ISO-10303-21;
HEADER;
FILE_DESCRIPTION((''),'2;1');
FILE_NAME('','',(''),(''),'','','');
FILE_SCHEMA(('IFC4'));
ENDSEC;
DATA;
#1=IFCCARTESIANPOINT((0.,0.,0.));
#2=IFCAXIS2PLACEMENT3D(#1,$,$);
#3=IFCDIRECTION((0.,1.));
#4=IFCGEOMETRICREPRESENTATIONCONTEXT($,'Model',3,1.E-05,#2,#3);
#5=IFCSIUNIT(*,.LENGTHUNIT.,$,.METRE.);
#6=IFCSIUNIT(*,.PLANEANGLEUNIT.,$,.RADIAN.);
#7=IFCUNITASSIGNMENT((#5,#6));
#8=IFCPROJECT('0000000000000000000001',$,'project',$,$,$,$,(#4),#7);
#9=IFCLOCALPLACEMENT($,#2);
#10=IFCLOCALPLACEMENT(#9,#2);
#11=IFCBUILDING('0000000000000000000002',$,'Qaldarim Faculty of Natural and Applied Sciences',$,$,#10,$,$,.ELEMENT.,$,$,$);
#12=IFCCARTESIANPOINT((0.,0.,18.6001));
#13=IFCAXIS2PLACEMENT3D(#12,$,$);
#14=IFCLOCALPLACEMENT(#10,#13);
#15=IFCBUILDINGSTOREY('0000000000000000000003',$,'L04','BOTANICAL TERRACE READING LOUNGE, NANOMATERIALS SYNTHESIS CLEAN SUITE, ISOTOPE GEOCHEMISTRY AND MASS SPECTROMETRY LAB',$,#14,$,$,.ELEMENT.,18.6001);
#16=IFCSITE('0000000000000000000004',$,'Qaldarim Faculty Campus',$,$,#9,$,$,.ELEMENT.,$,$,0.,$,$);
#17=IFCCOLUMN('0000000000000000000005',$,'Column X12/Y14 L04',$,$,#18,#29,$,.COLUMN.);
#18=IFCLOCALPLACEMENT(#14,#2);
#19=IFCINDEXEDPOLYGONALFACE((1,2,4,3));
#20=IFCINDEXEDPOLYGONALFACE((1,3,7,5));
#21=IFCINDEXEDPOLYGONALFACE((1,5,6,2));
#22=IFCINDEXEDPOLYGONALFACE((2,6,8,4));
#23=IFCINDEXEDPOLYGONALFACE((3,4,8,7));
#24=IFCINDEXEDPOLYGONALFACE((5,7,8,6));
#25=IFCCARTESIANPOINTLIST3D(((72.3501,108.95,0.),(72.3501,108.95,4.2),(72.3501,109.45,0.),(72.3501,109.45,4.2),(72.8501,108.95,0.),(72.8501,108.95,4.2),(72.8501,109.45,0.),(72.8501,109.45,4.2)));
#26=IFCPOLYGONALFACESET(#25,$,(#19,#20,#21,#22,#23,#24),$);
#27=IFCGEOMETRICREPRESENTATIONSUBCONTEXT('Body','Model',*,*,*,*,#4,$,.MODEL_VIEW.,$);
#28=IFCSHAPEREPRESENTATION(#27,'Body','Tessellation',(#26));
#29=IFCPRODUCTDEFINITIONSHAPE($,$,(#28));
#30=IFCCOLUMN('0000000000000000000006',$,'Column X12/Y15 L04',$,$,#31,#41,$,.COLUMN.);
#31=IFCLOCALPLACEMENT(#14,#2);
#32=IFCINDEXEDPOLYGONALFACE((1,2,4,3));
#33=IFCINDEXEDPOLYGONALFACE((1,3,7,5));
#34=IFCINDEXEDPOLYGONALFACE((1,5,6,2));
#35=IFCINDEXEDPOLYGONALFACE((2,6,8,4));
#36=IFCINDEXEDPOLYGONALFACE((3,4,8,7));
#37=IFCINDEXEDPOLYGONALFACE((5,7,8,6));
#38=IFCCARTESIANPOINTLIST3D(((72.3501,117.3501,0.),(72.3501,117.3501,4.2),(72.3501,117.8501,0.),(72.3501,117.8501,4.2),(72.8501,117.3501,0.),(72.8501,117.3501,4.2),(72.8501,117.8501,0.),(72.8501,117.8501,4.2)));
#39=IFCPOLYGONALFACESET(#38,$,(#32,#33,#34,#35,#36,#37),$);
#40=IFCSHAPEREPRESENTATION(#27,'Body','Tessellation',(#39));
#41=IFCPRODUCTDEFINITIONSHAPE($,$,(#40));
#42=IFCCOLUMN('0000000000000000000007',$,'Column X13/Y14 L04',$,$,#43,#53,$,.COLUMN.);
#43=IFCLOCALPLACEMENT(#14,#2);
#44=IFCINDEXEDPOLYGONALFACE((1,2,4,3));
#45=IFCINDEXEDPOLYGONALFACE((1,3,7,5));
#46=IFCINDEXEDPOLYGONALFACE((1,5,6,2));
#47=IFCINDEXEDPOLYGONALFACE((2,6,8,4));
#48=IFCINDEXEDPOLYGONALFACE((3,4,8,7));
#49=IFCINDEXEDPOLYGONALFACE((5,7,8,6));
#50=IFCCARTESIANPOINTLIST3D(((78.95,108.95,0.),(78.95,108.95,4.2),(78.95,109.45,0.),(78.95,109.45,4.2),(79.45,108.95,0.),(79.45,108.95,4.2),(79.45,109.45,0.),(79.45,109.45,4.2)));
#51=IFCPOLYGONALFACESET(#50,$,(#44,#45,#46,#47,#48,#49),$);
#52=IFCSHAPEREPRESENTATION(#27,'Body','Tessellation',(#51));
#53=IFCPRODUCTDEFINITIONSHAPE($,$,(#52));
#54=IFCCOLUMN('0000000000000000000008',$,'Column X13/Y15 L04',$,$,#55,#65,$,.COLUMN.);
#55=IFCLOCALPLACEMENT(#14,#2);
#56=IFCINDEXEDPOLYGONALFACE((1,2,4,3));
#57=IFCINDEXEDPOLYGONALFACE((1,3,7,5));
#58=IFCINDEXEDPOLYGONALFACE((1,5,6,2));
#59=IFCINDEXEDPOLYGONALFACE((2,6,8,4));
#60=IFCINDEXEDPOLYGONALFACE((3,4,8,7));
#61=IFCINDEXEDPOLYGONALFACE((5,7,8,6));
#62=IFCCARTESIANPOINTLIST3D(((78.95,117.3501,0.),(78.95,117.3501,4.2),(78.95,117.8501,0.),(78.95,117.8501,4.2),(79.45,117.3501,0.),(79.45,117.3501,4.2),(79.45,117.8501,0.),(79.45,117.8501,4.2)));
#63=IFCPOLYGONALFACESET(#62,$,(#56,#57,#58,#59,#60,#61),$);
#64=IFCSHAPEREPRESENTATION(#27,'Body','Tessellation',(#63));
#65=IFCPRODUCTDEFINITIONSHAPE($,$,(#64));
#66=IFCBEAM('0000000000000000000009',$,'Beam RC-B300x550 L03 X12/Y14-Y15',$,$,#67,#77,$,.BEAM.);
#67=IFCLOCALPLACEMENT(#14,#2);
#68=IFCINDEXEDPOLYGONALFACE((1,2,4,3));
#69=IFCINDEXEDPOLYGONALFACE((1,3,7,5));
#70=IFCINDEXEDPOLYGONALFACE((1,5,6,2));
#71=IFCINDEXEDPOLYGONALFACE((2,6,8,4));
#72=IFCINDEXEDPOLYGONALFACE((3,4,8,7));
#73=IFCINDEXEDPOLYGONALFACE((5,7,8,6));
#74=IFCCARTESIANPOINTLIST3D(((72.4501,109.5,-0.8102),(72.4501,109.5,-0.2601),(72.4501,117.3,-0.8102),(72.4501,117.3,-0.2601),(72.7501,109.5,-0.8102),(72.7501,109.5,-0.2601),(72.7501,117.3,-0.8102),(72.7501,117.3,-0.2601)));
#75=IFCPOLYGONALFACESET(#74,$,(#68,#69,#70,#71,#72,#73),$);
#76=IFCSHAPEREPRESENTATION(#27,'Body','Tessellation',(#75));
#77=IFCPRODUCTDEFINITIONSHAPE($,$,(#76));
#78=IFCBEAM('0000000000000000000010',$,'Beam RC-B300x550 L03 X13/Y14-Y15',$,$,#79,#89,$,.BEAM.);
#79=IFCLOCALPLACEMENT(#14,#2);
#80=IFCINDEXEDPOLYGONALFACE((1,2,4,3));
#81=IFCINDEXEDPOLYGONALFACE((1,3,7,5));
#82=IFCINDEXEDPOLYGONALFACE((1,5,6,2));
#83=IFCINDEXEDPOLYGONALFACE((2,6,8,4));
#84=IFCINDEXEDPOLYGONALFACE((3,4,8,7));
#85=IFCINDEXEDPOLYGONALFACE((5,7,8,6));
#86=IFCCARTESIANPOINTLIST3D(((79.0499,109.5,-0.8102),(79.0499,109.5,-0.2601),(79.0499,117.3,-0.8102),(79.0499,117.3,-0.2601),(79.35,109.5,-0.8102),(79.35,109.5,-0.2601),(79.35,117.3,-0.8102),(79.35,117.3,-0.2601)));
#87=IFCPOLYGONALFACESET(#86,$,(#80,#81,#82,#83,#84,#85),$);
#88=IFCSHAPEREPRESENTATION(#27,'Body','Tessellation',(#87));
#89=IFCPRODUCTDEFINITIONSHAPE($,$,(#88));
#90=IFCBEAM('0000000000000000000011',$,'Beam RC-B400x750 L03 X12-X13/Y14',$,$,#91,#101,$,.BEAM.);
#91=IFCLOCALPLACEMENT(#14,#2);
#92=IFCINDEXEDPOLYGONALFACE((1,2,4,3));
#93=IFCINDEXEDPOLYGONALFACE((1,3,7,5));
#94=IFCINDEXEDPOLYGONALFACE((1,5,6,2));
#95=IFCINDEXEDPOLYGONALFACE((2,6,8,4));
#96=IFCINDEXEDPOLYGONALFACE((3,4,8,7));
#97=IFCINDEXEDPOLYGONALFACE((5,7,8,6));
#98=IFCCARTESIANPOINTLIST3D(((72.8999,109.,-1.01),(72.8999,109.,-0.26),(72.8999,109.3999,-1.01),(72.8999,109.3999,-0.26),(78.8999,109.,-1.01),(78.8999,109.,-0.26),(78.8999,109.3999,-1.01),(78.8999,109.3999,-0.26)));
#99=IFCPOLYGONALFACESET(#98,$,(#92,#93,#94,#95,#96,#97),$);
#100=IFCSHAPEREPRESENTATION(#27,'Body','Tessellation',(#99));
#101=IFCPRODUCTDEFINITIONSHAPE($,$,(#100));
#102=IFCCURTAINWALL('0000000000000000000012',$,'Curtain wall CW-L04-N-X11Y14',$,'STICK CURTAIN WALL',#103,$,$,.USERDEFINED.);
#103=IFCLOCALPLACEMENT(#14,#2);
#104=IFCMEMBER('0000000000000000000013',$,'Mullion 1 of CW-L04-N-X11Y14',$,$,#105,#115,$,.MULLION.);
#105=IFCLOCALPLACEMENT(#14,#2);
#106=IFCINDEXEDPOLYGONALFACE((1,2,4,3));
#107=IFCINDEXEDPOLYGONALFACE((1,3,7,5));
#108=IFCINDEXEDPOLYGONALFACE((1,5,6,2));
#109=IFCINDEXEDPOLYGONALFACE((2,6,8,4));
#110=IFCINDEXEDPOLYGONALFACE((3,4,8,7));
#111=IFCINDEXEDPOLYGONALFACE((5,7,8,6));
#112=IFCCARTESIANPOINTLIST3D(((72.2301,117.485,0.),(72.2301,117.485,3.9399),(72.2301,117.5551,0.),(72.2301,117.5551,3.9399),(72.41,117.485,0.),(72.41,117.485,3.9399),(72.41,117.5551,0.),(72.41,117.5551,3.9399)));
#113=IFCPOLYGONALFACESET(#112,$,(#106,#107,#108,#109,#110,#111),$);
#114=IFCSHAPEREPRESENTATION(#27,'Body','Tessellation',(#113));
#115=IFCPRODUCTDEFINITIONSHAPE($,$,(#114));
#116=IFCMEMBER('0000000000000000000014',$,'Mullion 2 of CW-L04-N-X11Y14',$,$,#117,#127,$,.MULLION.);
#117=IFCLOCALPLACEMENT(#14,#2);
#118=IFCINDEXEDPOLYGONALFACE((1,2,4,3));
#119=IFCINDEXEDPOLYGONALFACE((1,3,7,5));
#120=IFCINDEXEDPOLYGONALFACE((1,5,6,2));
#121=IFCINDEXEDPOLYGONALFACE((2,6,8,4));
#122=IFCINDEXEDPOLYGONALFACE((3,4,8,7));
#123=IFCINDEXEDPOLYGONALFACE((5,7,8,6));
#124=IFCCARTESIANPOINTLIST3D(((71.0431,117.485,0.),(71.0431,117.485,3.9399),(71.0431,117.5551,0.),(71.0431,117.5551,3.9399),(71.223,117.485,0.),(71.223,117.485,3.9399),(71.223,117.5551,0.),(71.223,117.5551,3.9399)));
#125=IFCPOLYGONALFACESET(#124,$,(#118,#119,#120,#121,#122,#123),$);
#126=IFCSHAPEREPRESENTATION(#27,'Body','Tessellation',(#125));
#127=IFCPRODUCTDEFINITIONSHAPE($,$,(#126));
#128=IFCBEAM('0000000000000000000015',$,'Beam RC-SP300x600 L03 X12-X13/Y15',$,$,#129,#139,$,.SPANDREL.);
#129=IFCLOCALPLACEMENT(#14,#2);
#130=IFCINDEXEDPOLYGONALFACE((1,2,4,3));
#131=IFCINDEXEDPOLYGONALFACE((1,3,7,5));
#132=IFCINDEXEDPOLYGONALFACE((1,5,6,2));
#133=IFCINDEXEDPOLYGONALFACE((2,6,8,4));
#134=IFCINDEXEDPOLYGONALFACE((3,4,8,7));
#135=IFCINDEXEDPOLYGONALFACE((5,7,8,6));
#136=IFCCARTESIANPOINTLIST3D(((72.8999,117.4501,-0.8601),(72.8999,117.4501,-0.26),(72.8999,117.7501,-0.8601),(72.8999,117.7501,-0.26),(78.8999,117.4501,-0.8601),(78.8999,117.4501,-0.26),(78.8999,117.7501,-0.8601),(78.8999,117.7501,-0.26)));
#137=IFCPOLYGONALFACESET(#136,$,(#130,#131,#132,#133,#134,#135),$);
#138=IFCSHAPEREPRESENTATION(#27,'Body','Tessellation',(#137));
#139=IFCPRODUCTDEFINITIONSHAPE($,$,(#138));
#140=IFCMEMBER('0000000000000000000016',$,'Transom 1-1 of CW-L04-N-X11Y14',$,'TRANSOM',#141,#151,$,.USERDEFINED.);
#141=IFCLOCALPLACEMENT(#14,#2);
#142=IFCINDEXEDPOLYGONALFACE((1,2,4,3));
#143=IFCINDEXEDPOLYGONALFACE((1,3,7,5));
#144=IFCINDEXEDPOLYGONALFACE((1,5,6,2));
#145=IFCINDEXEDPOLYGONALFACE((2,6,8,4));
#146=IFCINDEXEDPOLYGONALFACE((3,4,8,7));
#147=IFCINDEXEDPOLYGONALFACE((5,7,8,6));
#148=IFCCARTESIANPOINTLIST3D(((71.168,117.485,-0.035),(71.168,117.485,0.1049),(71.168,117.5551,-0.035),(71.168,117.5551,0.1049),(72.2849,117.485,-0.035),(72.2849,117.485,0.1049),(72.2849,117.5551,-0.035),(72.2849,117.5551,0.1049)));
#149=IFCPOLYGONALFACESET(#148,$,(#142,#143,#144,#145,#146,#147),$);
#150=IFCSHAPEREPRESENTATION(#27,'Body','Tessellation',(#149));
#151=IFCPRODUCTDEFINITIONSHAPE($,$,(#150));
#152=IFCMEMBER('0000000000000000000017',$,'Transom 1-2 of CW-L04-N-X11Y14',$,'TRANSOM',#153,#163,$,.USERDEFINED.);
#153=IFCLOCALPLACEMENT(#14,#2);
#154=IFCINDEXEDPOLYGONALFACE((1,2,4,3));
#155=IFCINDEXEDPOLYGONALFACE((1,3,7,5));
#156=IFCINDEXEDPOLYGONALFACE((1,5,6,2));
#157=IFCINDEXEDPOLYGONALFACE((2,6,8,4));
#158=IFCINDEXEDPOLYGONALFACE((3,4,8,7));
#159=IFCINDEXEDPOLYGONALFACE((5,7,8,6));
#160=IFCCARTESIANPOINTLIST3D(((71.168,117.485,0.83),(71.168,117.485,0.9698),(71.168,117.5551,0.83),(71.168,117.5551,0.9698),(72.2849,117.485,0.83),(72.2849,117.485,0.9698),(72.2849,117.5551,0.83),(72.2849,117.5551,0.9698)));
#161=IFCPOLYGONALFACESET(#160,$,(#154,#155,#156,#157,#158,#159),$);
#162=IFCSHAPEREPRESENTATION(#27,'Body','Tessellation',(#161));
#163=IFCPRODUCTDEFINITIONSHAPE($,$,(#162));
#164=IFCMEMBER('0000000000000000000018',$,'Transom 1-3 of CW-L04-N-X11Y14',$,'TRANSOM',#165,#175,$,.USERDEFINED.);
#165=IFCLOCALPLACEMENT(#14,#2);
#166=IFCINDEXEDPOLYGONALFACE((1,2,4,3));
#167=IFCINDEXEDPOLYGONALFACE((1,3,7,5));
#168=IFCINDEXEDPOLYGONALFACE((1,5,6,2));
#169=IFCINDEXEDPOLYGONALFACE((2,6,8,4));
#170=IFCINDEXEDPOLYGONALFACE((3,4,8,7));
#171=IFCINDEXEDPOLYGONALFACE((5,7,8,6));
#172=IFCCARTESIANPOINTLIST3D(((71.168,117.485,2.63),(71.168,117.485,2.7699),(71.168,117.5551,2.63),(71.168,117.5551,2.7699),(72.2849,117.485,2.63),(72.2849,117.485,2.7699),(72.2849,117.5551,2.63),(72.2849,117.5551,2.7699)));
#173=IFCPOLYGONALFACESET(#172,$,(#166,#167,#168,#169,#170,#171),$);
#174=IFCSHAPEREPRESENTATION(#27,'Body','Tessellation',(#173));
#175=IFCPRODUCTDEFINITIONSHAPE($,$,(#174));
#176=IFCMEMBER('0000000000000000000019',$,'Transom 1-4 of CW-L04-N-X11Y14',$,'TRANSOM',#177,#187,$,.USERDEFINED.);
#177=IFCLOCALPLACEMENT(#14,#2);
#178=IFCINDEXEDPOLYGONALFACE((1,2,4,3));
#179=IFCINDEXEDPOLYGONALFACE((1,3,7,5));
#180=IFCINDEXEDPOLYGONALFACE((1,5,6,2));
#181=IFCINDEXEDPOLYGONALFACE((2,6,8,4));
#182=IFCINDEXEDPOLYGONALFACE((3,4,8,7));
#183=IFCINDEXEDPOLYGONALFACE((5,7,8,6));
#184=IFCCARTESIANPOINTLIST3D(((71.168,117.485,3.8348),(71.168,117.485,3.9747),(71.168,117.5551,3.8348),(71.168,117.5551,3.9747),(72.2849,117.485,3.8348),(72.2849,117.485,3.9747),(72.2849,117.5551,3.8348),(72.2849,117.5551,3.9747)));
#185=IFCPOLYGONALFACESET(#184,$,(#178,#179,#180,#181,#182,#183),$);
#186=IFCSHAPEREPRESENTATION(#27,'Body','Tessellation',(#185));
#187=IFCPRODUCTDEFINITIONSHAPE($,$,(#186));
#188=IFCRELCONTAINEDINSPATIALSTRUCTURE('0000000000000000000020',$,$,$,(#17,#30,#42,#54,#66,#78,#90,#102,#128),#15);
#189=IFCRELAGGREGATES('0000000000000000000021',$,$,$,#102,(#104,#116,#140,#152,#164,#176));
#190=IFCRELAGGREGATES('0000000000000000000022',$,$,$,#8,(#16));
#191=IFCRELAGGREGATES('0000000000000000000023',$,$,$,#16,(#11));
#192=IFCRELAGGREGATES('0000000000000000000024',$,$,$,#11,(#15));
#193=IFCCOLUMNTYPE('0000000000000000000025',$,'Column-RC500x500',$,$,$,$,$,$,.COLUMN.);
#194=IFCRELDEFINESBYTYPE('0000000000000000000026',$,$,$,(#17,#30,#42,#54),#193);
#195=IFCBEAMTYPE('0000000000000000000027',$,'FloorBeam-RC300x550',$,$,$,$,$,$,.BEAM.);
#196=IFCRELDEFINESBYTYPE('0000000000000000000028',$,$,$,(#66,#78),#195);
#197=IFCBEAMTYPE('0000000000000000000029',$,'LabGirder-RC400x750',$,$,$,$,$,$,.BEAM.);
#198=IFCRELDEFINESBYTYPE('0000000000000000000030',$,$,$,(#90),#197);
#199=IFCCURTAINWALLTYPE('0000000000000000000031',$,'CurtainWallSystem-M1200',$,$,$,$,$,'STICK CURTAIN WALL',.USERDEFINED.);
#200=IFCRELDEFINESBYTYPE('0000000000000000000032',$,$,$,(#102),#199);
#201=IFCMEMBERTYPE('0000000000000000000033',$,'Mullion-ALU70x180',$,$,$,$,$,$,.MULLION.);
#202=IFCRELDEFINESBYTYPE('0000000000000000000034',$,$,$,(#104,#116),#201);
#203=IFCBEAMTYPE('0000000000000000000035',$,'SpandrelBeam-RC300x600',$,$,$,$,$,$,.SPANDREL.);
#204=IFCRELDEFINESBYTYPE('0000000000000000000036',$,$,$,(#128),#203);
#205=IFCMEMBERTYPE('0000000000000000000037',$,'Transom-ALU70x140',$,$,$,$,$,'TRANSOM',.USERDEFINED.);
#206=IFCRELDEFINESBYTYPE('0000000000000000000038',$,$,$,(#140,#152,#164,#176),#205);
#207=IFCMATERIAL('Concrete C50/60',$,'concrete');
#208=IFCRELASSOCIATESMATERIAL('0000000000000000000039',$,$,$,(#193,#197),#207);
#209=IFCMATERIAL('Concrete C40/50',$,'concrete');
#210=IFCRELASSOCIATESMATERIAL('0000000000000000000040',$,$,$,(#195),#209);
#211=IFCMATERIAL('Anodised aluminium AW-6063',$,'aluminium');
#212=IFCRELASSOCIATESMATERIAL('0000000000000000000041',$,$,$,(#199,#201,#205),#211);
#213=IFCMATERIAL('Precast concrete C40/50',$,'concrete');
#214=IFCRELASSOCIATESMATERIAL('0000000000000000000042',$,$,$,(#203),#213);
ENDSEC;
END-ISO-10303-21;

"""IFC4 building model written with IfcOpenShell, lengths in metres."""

from ifc_helpers import new_model, si_unit, direction, frame, origin, origin_2d, place, context, subcontext, project, spatial, rectangle, extrude, material, material_profile, profile_set, type_object, element, aggregate, save


model = new_model("IFC4")

# Units and contexts
model_context = context("Model", 3, precision=1e-05, world=origin(), true_north=direction((0.0, 1.0)))
body_context = subcontext(model_context, "Body", "Model", "MODEL_VIEW")
ifc_project = project(units=[si_unit("LENGTHUNIT", "METRE"), si_unit("PLANEANGLEUNIT", "RADIAN")], contexts=[model_context])

# Site, building, storey
site_placement = place(None, origin())
site = spatial("IfcSite", under=ifc_project, at=site_placement, Name="Qaldarim Faculty Campus", CompositionType="ELEMENT", RefElevation=0.0)
building_placement = place(site_placement, origin())
building = spatial("IfcBuilding", under=site, at=building_placement, Name="Qaldarim Faculty of Natural and Applied Sciences", CompositionType="ELEMENT")
storey_placement = place(building_placement, frame((0.0, 0.0, 18.6001)))
storey = spatial("IfcBuildingStorey", under=building, at=storey_placement, Name="L04", Description="BOTANICAL TERRACE READING LOUNGE, NANOMATERIALS SYNTHESIS CLEAN SUITE, ISOTOPE GEOCHEMISTRY AND MASS SPECTROMETRY LAB", CompositionType="ELEMENT", Elevation=18.6001)

# Columns
ifc_material_1 = material(Name="Concrete C50/60", Category="concrete")
ifc_material_profile_1 = material_profile(ifc_material_1, rectangle(XDim=0.5, YDim=0.5, at=origin_2d()), Name="RC-C500x500")
ifc_profile_set_1 = profile_set([ifc_material_profile_1], Name="Concrete C50/60")
column_type = type_object("IfcColumnType", Name="Column-RC500x500", PredefinedType="COLUMN", material=ifc_profile_set_1)
for number, where, z_axis, x_axis, name in (
    (1, (72.6001, 109.2, 0.0), (0.0, 0.0, 1.0), (1.0, 0.0, 0.0), "Column X12/Y14 L04"),
    (2, (72.6001, 117.6001, 0.0), (0.0, 0.0, 1.0), (1.0, 0.0, 0.0), "Column X12/Y15 L04"),
    (3, (79.2, 109.2, 0.0), (0.0, 0.0, 1.0), (1.0, 0.0, 0.0), "Column X13/Y14 L04"),
    (4, (79.2, 117.6001, 0.0), (0.0, 0.0, 1.0), (1.0, 0.0, 0.0), "Column X13/Y15 L04"),
):
    element("IfcColumn", number, at=place(storey_placement, frame(where, z_axis=z_axis, x_axis=x_axis)), inside=storey, type_object=column_type, Name=name, PredefinedType="COLUMN", context=body_context, shape_type="SweptSolid", body=[
        extrude(rectangle(XDim=0.5, YDim=0.5, at=origin_2d()), origin(), (0.0, 0.0, 1.0), 4.2),
    ])

# Beams
ifc_material_2 = material(Name="Concrete C40/50", Category="concrete")
ifc_material_profile_2 = material_profile(ifc_material_2, rectangle(XDim=0.3, YDim=0.55, at=origin_2d()), Name="RC-B300x550")
ifc_profile_set_2 = profile_set([ifc_material_profile_2], Name="Concrete C40/50")
beam_type_1 = type_object("IfcBeamType", Name="FloorBeam-RC300x550", PredefinedType="BEAM", material=ifc_profile_set_2)
for number, where, z_axis, x_axis, name in (
    (5, (72.6001, 109.5, -0.5352), (0.0, 1.0, 0.0), (-1.0, 0.0, 0.0), "Beam RC-B300x550 L03 X12/Y14-Y15"),
    (6, (79.2, 109.5, -0.5352), (0.0, 1.0, 0.0), (-1.0, 0.0, 0.0), "Beam RC-B300x550 L03 X13/Y14-Y15"),
):
    element("IfcBeam", number, at=place(storey_placement, frame(where, z_axis=z_axis, x_axis=x_axis)), inside=storey, type_object=beam_type_1, Name=name, PredefinedType="BEAM", context=body_context, shape_type="SweptSolid", body=[
        extrude(rectangle(XDim=0.3, YDim=0.55, at=origin_2d()), origin(), (0.0, 0.0, 1.0), 7.8),
    ])
ifc_material_profile_3 = material_profile(ifc_material_1, rectangle(XDim=0.3999, YDim=0.75, at=origin_2d()), Name="RC-B400x750")
ifc_profile_set_3 = profile_set([ifc_material_profile_3], Name="Concrete C50/60")
beam_type_2 = type_object("IfcBeamType", Name="LabGirder-RC400x750", PredefinedType="BEAM", material=ifc_profile_set_3)
beam_1_placement = place(storey_placement, frame((72.8999, 109.2, -0.635), z_axis=(1.0, 0.0, 0.0), x_axis=(0.0, 1.0, 0.0)))
element("IfcBeam", 7, at=beam_1_placement, inside=storey, type_object=beam_type_2, Name="Beam RC-B400x750 L03 X12-X13/Y14", PredefinedType="BEAM", context=body_context, shape_type="SweptSolid", body=[
    extrude(rectangle(XDim=0.3999, YDim=0.75, at=origin_2d()), origin(), (0.0, 0.0, 1.0), 6.0),
])

# Curtain wall, members
ifc_material_3 = material(Name="Anodised aluminium AW-6063", Category="aluminium")
curtain_wall_type = type_object("IfcCurtainWallType", Name="CurtainWallSystem-M1200", ElementType="STICK CURTAIN WALL", PredefinedType="USERDEFINED", material=ifc_material_3)
curtain_wall_placement = place(storey_placement, origin())
curtain_wall = element("IfcCurtainWall", 8, at=curtain_wall_placement, inside=storey, type_object=curtain_wall_type, Name="Curtain wall CW-L04-N-X11Y14", ObjectType="STICK CURTAIN WALL", PredefinedType="USERDEFINED")
ifc_material_profile_4 = material_profile(ifc_material_3, rectangle(XDim=0.0701, YDim=0.1799, at=origin_2d()), Name="ALU-M70x180")
ifc_profile_set_4 = profile_set([ifc_material_profile_4], Name="Anodised aluminium AW-6063")
member_type_1 = type_object("IfcMemberType", Name="Mullion-ALU70x180", PredefinedType="MULLION", material=ifc_profile_set_4)
member_1_placement = place(storey_placement, frame((72.3201, 117.52, 0.0), z_axis=(0.0, 0.0, 1.0), x_axis=(0.0, -1.0, 0.0)))
member_1 = element("IfcMember", 9, at=member_1_placement, type_object=member_type_1, Name="Mullion 1 of CW-L04-N-X11Y14", PredefinedType="MULLION", context=body_context, shape_type="SweptSolid", body=[
    extrude(rectangle(XDim=0.0701, YDim=0.1799, at=origin_2d()), origin(), (0.0, 0.0, 1.0), 3.9399),
])
member_2_placement = place(storey_placement, frame((71.1331, 117.52, 0.0), z_axis=(0.0, 0.0, 1.0), x_axis=(0.0, -1.0, 0.0)))
member_2 = element("IfcMember", 10, at=member_2_placement, type_object=member_type_1, Name="Mullion 2 of CW-L04-N-X11Y14", PredefinedType="MULLION", context=body_context, shape_type="SweptSolid", body=[
    extrude(rectangle(XDim=0.0701, YDim=0.1799, at=origin_2d()), origin(), (0.0, 0.0, 1.0), 3.9399),
])

# Beam
ifc_material_4 = material(Name="Precast concrete C40/50", Category="concrete")
ifc_material_profile_5 = material_profile(ifc_material_4, rectangle(XDim=0.3, YDim=0.6001, at=origin_2d()), Name="RC-SP300x600")
ifc_profile_set_5 = profile_set([ifc_material_profile_5], Name="Precast concrete C40/50")
beam_type_3 = type_object("IfcBeamType", Name="SpandrelBeam-RC300x600", PredefinedType="SPANDREL", material=ifc_profile_set_5)
beam_2_placement = place(storey_placement, frame((72.8999, 117.6001, -0.5601), z_axis=(1.0, 0.0, 0.0), x_axis=(0.0, 1.0, 0.0)))
element("IfcBeam", 11, at=beam_2_placement, inside=storey, type_object=beam_type_3, Name="Beam RC-SP300x600 L03 X12-X13/Y15", PredefinedType="SPANDREL", context=body_context, shape_type="SweptSolid", body=[
    extrude(rectangle(XDim=0.3, YDim=0.6001, at=origin_2d()), origin(), (0.0, 0.0, 1.0), 6.0),
])

# Members
ifc_material_profile_6 = material_profile(ifc_material_3, rectangle(XDim=0.0701, YDim=0.1399, at=origin_2d()), Name="ALU-T70x140")
ifc_profile_set_6 = profile_set([ifc_material_profile_6], Name="Anodised aluminium AW-6063")
member_type_2 = type_object("IfcMemberType", Name="Transom-ALU70x140", ElementType="TRANSOM", PredefinedType="USERDEFINED", material=ifc_profile_set_6)
member_3_placement = place(storey_placement, frame((72.2849, 117.52, 0.0349), z_axis=(-1.0, 0.0, 0.0), x_axis=(0.0, -1.0, 0.0)))
member_3 = element("IfcMember", 12, at=member_3_placement, type_object=member_type_2, Name="Transom 1-1 of CW-L04-N-X11Y14", ObjectType="TRANSOM", PredefinedType="USERDEFINED", context=body_context, shape_type="SweptSolid", body=[
    extrude(rectangle(XDim=0.0701, YDim=0.1399, at=origin_2d()), origin(), (0.0, 0.0, 1.0), 1.1169),
])
member_4_placement = place(storey_placement, frame((72.2849, 117.52, 0.8999), z_axis=(-1.0, 0.0, 0.0), x_axis=(0.0, -1.0, 0.0)))
member_4 = element("IfcMember", 13, at=member_4_placement, type_object=member_type_2, Name="Transom 1-2 of CW-L04-N-X11Y14", ObjectType="TRANSOM", PredefinedType="USERDEFINED", context=body_context, shape_type="SweptSolid", body=[
    extrude(rectangle(XDim=0.0701, YDim=0.1399, at=origin_2d()), origin(), (0.0, 0.0, 1.0), 1.1169),
])
member_5_placement = place(storey_placement, frame((72.2849, 117.52, 2.7), z_axis=(-1.0, 0.0, 0.0), x_axis=(0.0, -1.0, 0.0)))
member_5 = element("IfcMember", 14, at=member_5_placement, type_object=member_type_2, Name="Transom 1-3 of CW-L04-N-X11Y14", ObjectType="TRANSOM", PredefinedType="USERDEFINED", context=body_context, shape_type="SweptSolid", body=[
    extrude(rectangle(XDim=0.0701, YDim=0.1399, at=origin_2d()), origin(), (0.0, 0.0, 1.0), 1.1169),
])
member_6_placement = place(storey_placement, frame((72.2849, 117.52, 3.9048), z_axis=(-1.0, 0.0, 0.0), x_axis=(0.0, -1.0, 0.0)))
member_6 = element("IfcMember", 15, at=member_6_placement, type_object=member_type_2, Name="Transom 1-4 of CW-L04-N-X11Y14", ObjectType="TRANSOM", PredefinedType="USERDEFINED", context=body_context, shape_type="SweptSolid", body=[
    extrude(rectangle(XDim=0.0701, YDim=0.1399, at=origin_2d()), origin(), (0.0, 0.0, 1.0), 1.1169),
])

aggregate(curtain_wall, [member_1, member_2, member_3, member_4, member_5, member_6])

save(model, "model.ifc")
